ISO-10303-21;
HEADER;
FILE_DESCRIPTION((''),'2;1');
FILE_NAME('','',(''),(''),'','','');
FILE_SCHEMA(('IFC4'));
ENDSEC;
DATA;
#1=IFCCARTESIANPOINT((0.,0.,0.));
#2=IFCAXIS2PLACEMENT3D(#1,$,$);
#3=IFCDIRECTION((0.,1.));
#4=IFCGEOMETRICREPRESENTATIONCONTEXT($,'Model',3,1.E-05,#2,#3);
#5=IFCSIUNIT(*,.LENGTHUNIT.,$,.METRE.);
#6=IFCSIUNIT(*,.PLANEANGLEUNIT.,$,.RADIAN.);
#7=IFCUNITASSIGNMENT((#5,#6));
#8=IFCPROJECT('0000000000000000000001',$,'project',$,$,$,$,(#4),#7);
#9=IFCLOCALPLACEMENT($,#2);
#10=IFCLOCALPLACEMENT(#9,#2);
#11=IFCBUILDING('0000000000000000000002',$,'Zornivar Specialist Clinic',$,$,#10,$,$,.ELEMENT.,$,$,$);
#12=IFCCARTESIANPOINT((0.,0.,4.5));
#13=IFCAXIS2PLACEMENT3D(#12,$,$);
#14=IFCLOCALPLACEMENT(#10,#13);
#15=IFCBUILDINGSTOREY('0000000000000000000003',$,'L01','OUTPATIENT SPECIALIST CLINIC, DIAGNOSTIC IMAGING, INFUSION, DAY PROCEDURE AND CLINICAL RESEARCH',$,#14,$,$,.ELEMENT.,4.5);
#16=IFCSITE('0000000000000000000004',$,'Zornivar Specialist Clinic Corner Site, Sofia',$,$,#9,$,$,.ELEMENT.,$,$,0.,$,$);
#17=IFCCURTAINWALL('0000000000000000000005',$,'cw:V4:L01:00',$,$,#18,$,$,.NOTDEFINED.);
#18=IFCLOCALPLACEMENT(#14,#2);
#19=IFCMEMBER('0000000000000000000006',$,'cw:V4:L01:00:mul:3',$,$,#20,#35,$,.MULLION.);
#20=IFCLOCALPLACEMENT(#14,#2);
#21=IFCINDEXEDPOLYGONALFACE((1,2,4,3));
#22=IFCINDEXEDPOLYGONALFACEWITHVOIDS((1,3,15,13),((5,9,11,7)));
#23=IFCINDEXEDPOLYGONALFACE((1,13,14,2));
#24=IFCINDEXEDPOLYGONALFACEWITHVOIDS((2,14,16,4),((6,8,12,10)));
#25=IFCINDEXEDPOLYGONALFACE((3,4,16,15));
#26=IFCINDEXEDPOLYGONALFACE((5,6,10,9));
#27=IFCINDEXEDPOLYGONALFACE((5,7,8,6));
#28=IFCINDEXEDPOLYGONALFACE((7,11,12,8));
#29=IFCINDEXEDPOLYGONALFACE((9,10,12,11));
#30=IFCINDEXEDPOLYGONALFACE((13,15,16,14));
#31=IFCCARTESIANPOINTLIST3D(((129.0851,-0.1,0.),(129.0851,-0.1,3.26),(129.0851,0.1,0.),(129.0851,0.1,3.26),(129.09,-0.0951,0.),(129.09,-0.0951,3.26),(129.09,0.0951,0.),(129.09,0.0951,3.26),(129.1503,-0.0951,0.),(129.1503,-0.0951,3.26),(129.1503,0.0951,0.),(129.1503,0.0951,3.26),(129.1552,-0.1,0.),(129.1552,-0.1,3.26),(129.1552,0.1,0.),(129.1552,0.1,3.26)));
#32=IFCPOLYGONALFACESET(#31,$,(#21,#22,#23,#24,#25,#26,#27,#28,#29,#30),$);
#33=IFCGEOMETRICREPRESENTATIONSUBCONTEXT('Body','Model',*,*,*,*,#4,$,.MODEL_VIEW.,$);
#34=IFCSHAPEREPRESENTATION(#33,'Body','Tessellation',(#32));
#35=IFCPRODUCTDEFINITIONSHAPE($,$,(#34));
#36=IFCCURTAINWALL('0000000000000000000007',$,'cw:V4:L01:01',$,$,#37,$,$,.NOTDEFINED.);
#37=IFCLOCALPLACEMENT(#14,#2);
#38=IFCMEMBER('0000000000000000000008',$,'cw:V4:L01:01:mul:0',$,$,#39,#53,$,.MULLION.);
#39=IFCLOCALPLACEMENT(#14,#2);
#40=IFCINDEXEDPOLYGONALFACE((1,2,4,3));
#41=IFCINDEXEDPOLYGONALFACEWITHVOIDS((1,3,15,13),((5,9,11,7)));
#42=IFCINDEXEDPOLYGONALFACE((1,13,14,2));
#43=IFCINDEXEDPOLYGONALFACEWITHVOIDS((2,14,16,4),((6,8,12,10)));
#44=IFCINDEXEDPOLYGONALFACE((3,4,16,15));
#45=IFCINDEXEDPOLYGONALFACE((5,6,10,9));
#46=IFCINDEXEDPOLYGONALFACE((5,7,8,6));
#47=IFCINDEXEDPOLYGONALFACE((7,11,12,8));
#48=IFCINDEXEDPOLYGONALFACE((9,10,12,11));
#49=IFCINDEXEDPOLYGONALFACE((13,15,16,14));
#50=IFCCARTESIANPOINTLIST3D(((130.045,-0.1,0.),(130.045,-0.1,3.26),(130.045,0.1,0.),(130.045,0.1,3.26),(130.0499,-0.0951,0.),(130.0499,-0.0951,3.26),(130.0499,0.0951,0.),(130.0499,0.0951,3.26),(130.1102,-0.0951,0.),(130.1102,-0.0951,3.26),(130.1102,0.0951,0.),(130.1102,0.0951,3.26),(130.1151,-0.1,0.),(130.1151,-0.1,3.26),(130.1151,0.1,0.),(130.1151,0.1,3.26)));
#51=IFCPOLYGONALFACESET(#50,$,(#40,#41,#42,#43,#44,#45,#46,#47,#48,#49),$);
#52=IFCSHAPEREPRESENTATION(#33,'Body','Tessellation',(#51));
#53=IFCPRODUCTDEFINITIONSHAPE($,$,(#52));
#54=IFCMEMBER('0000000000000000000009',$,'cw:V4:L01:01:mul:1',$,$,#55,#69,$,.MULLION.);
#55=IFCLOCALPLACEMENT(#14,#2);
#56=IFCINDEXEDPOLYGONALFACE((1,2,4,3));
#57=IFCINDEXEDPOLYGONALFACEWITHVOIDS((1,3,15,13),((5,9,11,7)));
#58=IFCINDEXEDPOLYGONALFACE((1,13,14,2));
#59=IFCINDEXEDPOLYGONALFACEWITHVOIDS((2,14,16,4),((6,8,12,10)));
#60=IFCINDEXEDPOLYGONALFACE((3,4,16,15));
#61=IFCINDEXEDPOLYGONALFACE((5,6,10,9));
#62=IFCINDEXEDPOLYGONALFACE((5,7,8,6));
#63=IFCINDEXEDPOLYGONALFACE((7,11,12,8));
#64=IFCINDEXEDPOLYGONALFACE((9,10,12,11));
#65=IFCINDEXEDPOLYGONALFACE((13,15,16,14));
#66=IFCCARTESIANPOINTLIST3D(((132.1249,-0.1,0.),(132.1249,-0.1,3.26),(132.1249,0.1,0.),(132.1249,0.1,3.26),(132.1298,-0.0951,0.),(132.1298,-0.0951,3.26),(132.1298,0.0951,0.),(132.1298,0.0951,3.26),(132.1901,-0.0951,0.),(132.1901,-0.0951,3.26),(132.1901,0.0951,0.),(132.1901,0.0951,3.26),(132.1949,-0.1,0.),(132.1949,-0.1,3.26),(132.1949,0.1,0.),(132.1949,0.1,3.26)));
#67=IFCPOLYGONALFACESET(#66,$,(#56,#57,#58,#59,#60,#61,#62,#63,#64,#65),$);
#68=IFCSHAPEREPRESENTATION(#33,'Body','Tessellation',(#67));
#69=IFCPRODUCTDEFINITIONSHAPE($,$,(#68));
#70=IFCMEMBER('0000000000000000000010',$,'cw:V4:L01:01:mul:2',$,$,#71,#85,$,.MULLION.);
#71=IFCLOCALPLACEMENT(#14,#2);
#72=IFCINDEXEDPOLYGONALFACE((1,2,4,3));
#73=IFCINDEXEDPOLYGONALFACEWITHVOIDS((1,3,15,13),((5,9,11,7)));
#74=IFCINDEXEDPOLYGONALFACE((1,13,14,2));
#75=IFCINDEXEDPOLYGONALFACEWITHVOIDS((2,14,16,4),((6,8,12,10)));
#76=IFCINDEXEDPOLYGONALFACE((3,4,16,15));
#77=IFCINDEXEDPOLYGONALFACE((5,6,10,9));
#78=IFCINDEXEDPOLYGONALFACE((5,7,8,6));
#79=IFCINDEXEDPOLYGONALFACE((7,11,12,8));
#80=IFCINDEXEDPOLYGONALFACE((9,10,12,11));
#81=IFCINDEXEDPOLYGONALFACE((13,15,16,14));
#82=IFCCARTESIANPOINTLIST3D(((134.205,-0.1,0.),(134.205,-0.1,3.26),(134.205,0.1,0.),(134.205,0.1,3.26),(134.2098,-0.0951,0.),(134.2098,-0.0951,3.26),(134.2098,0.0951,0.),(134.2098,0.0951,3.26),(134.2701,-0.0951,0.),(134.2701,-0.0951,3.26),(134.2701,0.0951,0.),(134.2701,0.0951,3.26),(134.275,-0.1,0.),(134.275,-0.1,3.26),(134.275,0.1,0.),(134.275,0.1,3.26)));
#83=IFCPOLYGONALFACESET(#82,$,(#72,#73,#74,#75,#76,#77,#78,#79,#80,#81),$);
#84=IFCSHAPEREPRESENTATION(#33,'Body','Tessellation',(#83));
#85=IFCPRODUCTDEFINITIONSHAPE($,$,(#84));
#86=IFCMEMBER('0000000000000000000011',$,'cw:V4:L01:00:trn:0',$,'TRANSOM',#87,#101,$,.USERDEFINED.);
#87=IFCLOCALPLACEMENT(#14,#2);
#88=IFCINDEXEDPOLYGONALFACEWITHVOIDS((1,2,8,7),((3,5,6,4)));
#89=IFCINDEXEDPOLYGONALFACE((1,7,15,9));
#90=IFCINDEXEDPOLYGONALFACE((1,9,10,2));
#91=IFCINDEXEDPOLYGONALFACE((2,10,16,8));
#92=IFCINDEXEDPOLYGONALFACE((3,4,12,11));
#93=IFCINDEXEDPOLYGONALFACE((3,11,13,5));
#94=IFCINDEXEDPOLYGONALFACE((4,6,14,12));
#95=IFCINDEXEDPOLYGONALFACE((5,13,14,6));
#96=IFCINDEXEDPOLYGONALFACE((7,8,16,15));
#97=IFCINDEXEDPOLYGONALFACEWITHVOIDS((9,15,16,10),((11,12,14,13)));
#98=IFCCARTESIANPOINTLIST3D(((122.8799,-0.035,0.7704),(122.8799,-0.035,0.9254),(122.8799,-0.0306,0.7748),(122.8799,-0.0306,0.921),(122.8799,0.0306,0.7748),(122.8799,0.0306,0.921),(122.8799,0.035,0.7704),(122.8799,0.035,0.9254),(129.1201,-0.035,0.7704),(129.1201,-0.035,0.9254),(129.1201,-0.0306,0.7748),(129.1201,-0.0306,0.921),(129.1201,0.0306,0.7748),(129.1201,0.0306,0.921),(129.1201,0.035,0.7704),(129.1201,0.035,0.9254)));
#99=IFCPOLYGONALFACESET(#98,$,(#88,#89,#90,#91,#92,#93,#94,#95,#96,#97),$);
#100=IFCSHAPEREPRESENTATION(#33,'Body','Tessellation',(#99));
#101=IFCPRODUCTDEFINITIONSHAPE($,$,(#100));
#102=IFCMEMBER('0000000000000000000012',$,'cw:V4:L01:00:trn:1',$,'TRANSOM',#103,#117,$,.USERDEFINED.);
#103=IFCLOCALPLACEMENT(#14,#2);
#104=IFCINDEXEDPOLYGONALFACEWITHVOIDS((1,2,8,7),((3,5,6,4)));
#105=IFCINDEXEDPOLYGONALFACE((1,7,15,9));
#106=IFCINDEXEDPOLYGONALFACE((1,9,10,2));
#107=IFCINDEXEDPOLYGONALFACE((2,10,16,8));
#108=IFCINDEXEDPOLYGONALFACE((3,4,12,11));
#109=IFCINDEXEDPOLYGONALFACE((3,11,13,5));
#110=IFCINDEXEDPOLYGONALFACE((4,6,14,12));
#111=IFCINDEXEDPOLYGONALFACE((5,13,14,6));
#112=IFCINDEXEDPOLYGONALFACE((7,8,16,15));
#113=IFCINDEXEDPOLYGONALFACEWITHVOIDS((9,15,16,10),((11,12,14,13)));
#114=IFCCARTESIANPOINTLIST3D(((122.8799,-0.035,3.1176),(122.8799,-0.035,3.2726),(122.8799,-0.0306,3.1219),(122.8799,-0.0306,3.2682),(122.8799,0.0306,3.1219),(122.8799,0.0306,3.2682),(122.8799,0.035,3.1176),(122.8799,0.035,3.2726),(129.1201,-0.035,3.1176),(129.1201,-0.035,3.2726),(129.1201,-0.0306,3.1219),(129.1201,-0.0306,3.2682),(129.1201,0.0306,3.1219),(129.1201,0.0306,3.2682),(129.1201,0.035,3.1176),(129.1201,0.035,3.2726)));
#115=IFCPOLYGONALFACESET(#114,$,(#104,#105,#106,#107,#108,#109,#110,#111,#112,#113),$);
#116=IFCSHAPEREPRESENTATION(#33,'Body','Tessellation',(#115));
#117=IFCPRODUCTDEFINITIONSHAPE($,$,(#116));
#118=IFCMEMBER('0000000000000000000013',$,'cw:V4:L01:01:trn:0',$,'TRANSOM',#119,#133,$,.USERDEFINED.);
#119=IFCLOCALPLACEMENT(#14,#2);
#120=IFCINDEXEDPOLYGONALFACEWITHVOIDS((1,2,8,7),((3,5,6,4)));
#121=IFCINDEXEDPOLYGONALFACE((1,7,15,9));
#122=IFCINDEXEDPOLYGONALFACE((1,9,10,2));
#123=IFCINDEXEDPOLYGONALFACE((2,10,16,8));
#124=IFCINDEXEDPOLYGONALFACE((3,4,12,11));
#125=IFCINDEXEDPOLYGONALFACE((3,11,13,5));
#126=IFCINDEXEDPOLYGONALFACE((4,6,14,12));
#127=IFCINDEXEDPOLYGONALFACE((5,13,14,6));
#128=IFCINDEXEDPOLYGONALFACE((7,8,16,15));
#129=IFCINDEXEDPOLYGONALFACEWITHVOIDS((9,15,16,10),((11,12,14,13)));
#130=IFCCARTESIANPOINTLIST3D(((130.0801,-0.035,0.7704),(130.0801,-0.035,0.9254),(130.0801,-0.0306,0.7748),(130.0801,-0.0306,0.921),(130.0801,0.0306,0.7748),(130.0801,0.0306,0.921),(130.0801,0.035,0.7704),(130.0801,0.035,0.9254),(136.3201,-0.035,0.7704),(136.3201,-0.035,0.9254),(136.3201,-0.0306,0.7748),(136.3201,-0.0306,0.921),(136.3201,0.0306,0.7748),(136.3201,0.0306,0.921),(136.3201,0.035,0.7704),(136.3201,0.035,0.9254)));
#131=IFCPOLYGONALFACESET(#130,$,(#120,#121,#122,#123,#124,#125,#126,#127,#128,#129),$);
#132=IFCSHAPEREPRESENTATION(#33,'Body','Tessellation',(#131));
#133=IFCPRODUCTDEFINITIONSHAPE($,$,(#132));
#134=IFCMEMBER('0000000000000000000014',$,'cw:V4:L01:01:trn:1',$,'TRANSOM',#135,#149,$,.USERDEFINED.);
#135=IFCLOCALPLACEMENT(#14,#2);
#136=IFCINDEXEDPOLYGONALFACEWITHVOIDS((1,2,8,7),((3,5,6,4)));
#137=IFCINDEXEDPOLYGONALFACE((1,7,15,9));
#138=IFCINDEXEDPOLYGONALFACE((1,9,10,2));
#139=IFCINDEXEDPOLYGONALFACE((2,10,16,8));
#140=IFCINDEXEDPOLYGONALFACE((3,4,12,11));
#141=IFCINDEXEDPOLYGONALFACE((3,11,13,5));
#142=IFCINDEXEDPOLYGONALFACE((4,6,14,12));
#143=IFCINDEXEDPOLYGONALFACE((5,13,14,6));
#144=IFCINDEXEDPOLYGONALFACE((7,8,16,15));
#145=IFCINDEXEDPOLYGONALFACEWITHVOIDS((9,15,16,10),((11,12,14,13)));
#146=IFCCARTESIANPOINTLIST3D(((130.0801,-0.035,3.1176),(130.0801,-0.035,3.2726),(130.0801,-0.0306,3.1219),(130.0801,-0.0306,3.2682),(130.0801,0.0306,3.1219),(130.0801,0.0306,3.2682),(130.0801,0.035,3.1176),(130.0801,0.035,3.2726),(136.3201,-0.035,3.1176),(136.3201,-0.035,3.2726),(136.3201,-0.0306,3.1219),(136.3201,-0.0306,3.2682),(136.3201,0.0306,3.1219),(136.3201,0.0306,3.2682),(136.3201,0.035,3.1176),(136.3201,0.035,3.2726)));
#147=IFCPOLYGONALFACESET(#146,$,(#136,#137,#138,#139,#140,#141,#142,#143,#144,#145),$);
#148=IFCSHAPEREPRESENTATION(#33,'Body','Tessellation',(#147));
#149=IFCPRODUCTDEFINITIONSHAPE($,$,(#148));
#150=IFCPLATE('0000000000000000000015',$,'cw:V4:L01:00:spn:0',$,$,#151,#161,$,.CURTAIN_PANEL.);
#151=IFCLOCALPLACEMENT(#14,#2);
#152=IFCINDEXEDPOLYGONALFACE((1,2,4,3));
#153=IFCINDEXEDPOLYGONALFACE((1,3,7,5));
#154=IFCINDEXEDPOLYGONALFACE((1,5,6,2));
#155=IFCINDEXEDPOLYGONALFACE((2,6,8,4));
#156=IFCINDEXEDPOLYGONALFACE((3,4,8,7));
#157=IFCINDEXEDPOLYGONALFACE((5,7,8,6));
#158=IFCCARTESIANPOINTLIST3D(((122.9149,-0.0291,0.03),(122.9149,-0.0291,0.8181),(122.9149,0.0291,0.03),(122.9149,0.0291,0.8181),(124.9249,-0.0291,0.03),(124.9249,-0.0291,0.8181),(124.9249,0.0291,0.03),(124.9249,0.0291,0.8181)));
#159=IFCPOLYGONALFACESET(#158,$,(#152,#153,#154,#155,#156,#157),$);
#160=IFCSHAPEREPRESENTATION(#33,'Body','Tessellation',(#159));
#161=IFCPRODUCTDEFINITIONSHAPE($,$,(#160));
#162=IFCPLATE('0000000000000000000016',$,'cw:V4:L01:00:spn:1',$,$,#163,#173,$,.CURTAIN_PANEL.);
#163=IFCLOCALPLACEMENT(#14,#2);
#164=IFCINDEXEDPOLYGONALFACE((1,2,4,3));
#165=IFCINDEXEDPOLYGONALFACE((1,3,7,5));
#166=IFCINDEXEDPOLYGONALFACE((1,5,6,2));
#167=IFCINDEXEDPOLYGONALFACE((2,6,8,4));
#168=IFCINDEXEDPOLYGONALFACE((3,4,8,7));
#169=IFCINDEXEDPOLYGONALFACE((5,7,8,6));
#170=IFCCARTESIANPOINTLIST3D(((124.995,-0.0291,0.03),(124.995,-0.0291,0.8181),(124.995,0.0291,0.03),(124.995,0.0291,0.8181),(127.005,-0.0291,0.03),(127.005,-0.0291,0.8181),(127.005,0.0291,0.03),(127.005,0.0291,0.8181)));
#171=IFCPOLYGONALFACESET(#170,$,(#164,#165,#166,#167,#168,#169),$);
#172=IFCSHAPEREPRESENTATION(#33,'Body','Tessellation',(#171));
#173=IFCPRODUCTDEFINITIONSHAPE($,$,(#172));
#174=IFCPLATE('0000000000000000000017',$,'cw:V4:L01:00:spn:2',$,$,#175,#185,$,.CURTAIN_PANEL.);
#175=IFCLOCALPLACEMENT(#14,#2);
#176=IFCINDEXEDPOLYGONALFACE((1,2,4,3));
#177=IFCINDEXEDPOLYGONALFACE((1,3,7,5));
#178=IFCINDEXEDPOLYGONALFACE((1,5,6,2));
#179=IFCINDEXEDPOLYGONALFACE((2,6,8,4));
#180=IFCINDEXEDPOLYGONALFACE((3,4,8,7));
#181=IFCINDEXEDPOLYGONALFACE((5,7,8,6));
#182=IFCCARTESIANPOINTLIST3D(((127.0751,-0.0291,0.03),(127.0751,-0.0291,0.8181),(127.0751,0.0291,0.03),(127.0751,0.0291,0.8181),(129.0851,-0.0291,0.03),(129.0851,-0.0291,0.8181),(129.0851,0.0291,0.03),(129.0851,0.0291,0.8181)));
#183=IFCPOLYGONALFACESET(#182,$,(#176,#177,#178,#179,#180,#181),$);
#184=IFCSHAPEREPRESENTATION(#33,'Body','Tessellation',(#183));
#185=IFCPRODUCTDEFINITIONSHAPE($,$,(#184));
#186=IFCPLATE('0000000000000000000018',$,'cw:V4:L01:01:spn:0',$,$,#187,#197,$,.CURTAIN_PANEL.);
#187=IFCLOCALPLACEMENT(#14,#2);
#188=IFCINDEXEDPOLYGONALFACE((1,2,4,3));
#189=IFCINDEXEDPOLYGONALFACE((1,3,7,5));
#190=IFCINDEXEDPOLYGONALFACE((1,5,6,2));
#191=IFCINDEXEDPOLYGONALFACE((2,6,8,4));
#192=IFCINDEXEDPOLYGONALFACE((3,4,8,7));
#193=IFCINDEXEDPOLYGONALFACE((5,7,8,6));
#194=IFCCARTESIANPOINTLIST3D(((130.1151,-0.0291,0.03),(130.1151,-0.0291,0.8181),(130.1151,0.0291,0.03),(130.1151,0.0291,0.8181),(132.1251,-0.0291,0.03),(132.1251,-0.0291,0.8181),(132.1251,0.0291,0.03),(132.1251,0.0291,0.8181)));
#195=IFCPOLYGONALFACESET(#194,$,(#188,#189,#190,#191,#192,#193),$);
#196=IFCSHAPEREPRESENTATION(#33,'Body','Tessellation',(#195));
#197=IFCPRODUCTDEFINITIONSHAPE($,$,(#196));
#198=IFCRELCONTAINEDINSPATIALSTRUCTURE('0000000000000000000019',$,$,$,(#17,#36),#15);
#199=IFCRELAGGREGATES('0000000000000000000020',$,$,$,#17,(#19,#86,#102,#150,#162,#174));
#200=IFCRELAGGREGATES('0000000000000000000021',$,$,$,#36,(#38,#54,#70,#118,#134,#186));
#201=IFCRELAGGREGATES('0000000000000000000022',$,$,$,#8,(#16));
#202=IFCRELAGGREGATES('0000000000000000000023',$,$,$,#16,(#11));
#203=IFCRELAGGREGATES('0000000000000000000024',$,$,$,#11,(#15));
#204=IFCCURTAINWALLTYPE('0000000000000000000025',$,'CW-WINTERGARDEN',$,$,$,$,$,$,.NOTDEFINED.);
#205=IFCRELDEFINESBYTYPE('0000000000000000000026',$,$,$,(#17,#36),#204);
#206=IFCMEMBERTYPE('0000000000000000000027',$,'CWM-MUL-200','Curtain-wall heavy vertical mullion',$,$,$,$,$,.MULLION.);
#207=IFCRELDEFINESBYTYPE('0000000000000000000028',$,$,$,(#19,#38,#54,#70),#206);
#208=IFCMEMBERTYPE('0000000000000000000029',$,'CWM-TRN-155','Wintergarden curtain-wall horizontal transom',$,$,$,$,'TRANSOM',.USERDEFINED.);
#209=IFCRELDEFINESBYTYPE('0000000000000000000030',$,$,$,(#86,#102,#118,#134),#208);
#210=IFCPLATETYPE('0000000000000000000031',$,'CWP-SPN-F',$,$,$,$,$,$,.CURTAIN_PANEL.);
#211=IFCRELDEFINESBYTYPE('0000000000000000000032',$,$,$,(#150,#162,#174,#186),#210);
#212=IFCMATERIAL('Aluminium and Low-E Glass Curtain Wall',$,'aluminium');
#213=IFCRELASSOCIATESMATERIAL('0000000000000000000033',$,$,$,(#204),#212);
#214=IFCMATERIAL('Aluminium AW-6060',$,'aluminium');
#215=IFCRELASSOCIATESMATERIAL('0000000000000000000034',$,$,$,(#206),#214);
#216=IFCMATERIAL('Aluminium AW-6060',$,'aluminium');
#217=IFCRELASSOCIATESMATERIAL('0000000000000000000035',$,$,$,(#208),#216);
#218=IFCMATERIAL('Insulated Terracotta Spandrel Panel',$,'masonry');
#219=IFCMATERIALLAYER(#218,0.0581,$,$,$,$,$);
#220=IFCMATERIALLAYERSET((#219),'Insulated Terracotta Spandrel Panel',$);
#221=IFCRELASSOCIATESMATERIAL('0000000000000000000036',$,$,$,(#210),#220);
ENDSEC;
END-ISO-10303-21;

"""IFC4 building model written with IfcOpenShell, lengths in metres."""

from ifc_helpers import new_model, si_unit, direction, frame, origin, origin_2d, place, context, subcontext, project, spatial, rectangle, hollow_rectangle, extrude, material, layer, layer_set, material_profile, profile_set, type_object, element, aggregate, save


model = new_model("IFC4")

# Units and contexts
model_context = context("Model", 3, precision=1e-05, world=origin(), true_north=direction((0.0, 1.0)))
body_context = subcontext(model_context, "Body", "Model", "MODEL_VIEW")
ifc_project = project(units=[si_unit("LENGTHUNIT", "METRE"), si_unit("PLANEANGLEUNIT", "RADIAN")], contexts=[model_context])

# Site, building, storey
site_placement = place(None, origin())
site = spatial("IfcSite", under=ifc_project, at=site_placement, Name="Zornivar Specialist Clinic Corner Site, Sofia", CompositionType="ELEMENT", RefElevation=0.0)
building_placement = place(site_placement, origin())
building = spatial("IfcBuilding", under=site, at=building_placement, Name="Zornivar Specialist Clinic", CompositionType="ELEMENT")
storey_placement = place(building_placement, frame((0.0, 0.0, 4.5)))
storey = spatial("IfcBuildingStorey", under=building, at=storey_placement, Name="L01", Description="OUTPATIENT SPECIALIST CLINIC, DIAGNOSTIC IMAGING, INFUSION, DAY PROCEDURE AND CLINICAL RESEARCH", CompositionType="ELEMENT", Elevation=4.5)

# Curtain walls, members
ifc_material_1 = material(Name="Aluminium and Low-E Glass Curtain Wall", Category="aluminium")
curtain_wall_type = type_object("IfcCurtainWallType", Name="CW-WINTERGARDEN", PredefinedType="NOTDEFINED", material=ifc_material_1)
curtain_wall_1_placement = place(storey_placement, origin())
curtain_wall_1 = element("IfcCurtainWall", 1, at=curtain_wall_1_placement, inside=storey, type_object=curtain_wall_type, Name="cw:V4:L01:00", PredefinedType="NOTDEFINED")
ifc_material_2 = material(Name="Aluminium AW-6060", Category="aluminium")
ifc_material_profile_1 = material_profile(ifc_material_2, hollow_rectangle(XDim=0.0701, YDim=0.2, WallThickness=0.0049, at=origin_2d()), Name="ALU 70x200x5")
ifc_profile_set_1 = profile_set([ifc_material_profile_1], Name="Aluminium AW-6060")
member_type_1 = type_object("IfcMemberType", Name="CWM-MUL-200", Description="Curtain-wall heavy vertical mullion", PredefinedType="MULLION", material=ifc_profile_set_1)
member_1_placement = place(storey_placement, frame((129.1201, 0.0, 0.0), z_axis=(0.0, 0.0, 1.0), x_axis=(1.0, 0.0, 0.0)))
member_1 = element("IfcMember", 2, at=member_1_placement, type_object=member_type_1, Name="cw:V4:L01:00:mul:3", PredefinedType="MULLION", context=body_context, shape_type="SweptSolid", body=[
    extrude(hollow_rectangle(XDim=0.0701, YDim=0.2, WallThickness=0.0049, at=origin_2d()), origin(), (0.0, 0.0, 1.0), 3.26),
])
curtain_wall_2_placement = place(storey_placement, origin())
curtain_wall_2 = element("IfcCurtainWall", 3, at=curtain_wall_2_placement, inside=storey, type_object=curtain_wall_type, Name="cw:V4:L01:01", PredefinedType="NOTDEFINED")
member_2_placement = place(storey_placement, frame((130.0801, 0.0, 0.0), z_axis=(0.0, 0.0, 1.0), x_axis=(1.0, 0.0, 0.0)))
member_2 = element("IfcMember", 4, at=member_2_placement, type_object=member_type_1, Name="cw:V4:L01:01:mul:0", PredefinedType="MULLION", context=body_context, shape_type="SweptSolid", body=[
    extrude(hollow_rectangle(XDim=0.0701, YDim=0.2, WallThickness=0.0049, at=origin_2d()), origin(), (0.0, 0.0, 1.0), 3.26),
])
member_3_placement = place(storey_placement, frame((132.1599, 0.0, 0.0), z_axis=(0.0, 0.0, 1.0), x_axis=(1.0, 0.0, 0.0)))
member_3 = element("IfcMember", 5, at=member_3_placement, type_object=member_type_1, Name="cw:V4:L01:01:mul:1", PredefinedType="MULLION", context=body_context, shape_type="SweptSolid", body=[
    extrude(hollow_rectangle(XDim=0.0701, YDim=0.2, WallThickness=0.0049, at=origin_2d()), origin(), (0.0, 0.0, 1.0), 3.26),
])
member_4_placement = place(storey_placement, frame((134.24, 0.0, 0.0), z_axis=(0.0, 0.0, 1.0), x_axis=(1.0, 0.0, 0.0)))
member_4 = element("IfcMember", 6, at=member_4_placement, type_object=member_type_1, Name="cw:V4:L01:01:mul:2", PredefinedType="MULLION", context=body_context, shape_type="SweptSolid", body=[
    extrude(hollow_rectangle(XDim=0.0701, YDim=0.2, WallThickness=0.0049, at=origin_2d()), origin(), (0.0, 0.0, 1.0), 3.26),
])

# Members
ifc_material_3 = material(Name="Aluminium AW-6060", Category="aluminium")
ifc_material_profile_2 = material_profile(ifc_material_3, hollow_rectangle(XDim=0.0701, YDim=0.155, WallThickness=0.0044, at=origin_2d()), Name="ALU 70x155x4.5")
ifc_profile_set_2 = profile_set([ifc_material_profile_2], Name="Aluminium AW-6060")
member_type_2 = type_object("IfcMemberType", Name="CWM-TRN-155", Description="Wintergarden curtain-wall horizontal transom", ElementType="TRANSOM", PredefinedType="USERDEFINED", material=ifc_profile_set_2)
member_5_placement = place(storey_placement, frame((122.8799, 0.0, 0.8479), z_axis=(1.0, 0.0, 0.0), x_axis=(0.0, 1.0, 0.0)))
member_5 = element("IfcMember", 7, at=member_5_placement, type_object=member_type_2, Name="cw:V4:L01:00:trn:0", ObjectType="TRANSOM", PredefinedType="USERDEFINED", context=body_context, shape_type="SweptSolid", body=[
    extrude(hollow_rectangle(XDim=0.0701, YDim=0.155, WallThickness=0.0044, at=origin_2d()), origin(), (0.0, 0.0, 1.0), 6.2402),
])
member_6_placement = place(storey_placement, frame((122.8799, 0.0, 3.1951), z_axis=(1.0, 0.0, 0.0), x_axis=(0.0, 1.0, 0.0)))
member_6 = element("IfcMember", 8, at=member_6_placement, type_object=member_type_2, Name="cw:V4:L01:00:trn:1", ObjectType="TRANSOM", PredefinedType="USERDEFINED", context=body_context, shape_type="SweptSolid", body=[
    extrude(hollow_rectangle(XDim=0.0701, YDim=0.155, WallThickness=0.0044, at=origin_2d()), origin(), (0.0, 0.0, 1.0), 6.2402),
])
member_7_placement = place(storey_placement, frame((130.0801, 0.0, 0.8479), z_axis=(1.0, 0.0, 0.0), x_axis=(0.0, 1.0, 0.0)))
member_7 = element("IfcMember", 9, at=member_7_placement, type_object=member_type_2, Name="cw:V4:L01:01:trn:0", ObjectType="TRANSOM", PredefinedType="USERDEFINED", context=body_context, shape_type="SweptSolid", body=[
    extrude(hollow_rectangle(XDim=0.0701, YDim=0.155, WallThickness=0.0044, at=origin_2d()), origin(), (0.0, 0.0, 1.0), 6.24),
])
member_8_placement = place(storey_placement, frame((130.0801, 0.0, 3.1951), z_axis=(1.0, 0.0, 0.0), x_axis=(0.0, 1.0, 0.0)))
member_8 = element("IfcMember", 10, at=member_8_placement, type_object=member_type_2, Name="cw:V4:L01:01:trn:1", ObjectType="TRANSOM", PredefinedType="USERDEFINED", context=body_context, shape_type="SweptSolid", body=[
    extrude(hollow_rectangle(XDim=0.0701, YDim=0.155, WallThickness=0.0044, at=origin_2d()), origin(), (0.0, 0.0, 1.0), 6.24),
])

# Plates
ifc_material_4 = material(Name="Insulated Terracotta Spandrel Panel", Category="masonry")
ifc_layer_1 = layer(ifc_material_4, 0.0581)
ifc_layer_set_1 = layer_set([ifc_layer_1], Name="Insulated Terracotta Spandrel Panel")
plate_type_1 = type_object("IfcPlateType", Name="CWP-SPN-F", PredefinedType="CURTAIN_PANEL", material=ifc_layer_set_1)
plate_1_placement = place(storey_placement, frame((123.9199, 0.0, 0.03), z_axis=(0.0, 0.0, 1.0), x_axis=(1.0, 0.0, 0.0)))
plate_1 = element("IfcPlate", 11, at=plate_1_placement, type_object=plate_type_1, Name="cw:V4:L01:00:spn:0", PredefinedType="CURTAIN_PANEL", context=body_context, shape_type="SweptSolid", body=[
    extrude(rectangle(XDim=2.01, YDim=0.0581, at=origin_2d()), origin(), (0.0, 0.0, 1.0), 0.7881),
])
plate_2_placement = place(storey_placement, frame((126.0, 0.0, 0.03), z_axis=(0.0, 0.0, 1.0), x_axis=(1.0, 0.0, 0.0)))
plate_2 = element("IfcPlate", 12, at=plate_2_placement, type_object=plate_type_1, Name="cw:V4:L01:00:spn:1", PredefinedType="CURTAIN_PANEL", context=body_context, shape_type="SweptSolid", body=[
    extrude(rectangle(XDim=2.01, YDim=0.0581, at=origin_2d()), origin(), (0.0, 0.0, 1.0), 0.7881),
])
plate_3_placement = place(storey_placement, frame((128.0801, 0.0, 0.03), z_axis=(0.0, 0.0, 1.0), x_axis=(1.0, 0.0, 0.0)))
plate_3 = element("IfcPlate", 13, at=plate_3_placement, type_object=plate_type_1, Name="cw:V4:L01:00:spn:2", PredefinedType="CURTAIN_PANEL", context=body_context, shape_type="SweptSolid", body=[
    extrude(rectangle(XDim=2.01, YDim=0.0581, at=origin_2d()), origin(), (0.0, 0.0, 1.0), 0.7881),
])
plate_4_placement = place(storey_placement, frame((131.1201, 0.0, 0.03), z_axis=(0.0, 0.0, 1.0), x_axis=(1.0, 0.0, 0.0)))
plate_4 = element("IfcPlate", 14, at=plate_4_placement, type_object=plate_type_1, Name="cw:V4:L01:01:spn:0", PredefinedType="CURTAIN_PANEL", context=body_context, shape_type="SweptSolid", body=[
    extrude(rectangle(XDim=2.01, YDim=0.0581, at=origin_2d()), origin(), (0.0, 0.0, 1.0), 0.7881),
])
aggregate(curtain_wall_1, [member_1, member_5, member_6, plate_1, plate_2, plate_3])
aggregate(curtain_wall_2, [member_2, member_3, member_4, member_7, member_8, plate_4])

save(model, "model.ifc")
